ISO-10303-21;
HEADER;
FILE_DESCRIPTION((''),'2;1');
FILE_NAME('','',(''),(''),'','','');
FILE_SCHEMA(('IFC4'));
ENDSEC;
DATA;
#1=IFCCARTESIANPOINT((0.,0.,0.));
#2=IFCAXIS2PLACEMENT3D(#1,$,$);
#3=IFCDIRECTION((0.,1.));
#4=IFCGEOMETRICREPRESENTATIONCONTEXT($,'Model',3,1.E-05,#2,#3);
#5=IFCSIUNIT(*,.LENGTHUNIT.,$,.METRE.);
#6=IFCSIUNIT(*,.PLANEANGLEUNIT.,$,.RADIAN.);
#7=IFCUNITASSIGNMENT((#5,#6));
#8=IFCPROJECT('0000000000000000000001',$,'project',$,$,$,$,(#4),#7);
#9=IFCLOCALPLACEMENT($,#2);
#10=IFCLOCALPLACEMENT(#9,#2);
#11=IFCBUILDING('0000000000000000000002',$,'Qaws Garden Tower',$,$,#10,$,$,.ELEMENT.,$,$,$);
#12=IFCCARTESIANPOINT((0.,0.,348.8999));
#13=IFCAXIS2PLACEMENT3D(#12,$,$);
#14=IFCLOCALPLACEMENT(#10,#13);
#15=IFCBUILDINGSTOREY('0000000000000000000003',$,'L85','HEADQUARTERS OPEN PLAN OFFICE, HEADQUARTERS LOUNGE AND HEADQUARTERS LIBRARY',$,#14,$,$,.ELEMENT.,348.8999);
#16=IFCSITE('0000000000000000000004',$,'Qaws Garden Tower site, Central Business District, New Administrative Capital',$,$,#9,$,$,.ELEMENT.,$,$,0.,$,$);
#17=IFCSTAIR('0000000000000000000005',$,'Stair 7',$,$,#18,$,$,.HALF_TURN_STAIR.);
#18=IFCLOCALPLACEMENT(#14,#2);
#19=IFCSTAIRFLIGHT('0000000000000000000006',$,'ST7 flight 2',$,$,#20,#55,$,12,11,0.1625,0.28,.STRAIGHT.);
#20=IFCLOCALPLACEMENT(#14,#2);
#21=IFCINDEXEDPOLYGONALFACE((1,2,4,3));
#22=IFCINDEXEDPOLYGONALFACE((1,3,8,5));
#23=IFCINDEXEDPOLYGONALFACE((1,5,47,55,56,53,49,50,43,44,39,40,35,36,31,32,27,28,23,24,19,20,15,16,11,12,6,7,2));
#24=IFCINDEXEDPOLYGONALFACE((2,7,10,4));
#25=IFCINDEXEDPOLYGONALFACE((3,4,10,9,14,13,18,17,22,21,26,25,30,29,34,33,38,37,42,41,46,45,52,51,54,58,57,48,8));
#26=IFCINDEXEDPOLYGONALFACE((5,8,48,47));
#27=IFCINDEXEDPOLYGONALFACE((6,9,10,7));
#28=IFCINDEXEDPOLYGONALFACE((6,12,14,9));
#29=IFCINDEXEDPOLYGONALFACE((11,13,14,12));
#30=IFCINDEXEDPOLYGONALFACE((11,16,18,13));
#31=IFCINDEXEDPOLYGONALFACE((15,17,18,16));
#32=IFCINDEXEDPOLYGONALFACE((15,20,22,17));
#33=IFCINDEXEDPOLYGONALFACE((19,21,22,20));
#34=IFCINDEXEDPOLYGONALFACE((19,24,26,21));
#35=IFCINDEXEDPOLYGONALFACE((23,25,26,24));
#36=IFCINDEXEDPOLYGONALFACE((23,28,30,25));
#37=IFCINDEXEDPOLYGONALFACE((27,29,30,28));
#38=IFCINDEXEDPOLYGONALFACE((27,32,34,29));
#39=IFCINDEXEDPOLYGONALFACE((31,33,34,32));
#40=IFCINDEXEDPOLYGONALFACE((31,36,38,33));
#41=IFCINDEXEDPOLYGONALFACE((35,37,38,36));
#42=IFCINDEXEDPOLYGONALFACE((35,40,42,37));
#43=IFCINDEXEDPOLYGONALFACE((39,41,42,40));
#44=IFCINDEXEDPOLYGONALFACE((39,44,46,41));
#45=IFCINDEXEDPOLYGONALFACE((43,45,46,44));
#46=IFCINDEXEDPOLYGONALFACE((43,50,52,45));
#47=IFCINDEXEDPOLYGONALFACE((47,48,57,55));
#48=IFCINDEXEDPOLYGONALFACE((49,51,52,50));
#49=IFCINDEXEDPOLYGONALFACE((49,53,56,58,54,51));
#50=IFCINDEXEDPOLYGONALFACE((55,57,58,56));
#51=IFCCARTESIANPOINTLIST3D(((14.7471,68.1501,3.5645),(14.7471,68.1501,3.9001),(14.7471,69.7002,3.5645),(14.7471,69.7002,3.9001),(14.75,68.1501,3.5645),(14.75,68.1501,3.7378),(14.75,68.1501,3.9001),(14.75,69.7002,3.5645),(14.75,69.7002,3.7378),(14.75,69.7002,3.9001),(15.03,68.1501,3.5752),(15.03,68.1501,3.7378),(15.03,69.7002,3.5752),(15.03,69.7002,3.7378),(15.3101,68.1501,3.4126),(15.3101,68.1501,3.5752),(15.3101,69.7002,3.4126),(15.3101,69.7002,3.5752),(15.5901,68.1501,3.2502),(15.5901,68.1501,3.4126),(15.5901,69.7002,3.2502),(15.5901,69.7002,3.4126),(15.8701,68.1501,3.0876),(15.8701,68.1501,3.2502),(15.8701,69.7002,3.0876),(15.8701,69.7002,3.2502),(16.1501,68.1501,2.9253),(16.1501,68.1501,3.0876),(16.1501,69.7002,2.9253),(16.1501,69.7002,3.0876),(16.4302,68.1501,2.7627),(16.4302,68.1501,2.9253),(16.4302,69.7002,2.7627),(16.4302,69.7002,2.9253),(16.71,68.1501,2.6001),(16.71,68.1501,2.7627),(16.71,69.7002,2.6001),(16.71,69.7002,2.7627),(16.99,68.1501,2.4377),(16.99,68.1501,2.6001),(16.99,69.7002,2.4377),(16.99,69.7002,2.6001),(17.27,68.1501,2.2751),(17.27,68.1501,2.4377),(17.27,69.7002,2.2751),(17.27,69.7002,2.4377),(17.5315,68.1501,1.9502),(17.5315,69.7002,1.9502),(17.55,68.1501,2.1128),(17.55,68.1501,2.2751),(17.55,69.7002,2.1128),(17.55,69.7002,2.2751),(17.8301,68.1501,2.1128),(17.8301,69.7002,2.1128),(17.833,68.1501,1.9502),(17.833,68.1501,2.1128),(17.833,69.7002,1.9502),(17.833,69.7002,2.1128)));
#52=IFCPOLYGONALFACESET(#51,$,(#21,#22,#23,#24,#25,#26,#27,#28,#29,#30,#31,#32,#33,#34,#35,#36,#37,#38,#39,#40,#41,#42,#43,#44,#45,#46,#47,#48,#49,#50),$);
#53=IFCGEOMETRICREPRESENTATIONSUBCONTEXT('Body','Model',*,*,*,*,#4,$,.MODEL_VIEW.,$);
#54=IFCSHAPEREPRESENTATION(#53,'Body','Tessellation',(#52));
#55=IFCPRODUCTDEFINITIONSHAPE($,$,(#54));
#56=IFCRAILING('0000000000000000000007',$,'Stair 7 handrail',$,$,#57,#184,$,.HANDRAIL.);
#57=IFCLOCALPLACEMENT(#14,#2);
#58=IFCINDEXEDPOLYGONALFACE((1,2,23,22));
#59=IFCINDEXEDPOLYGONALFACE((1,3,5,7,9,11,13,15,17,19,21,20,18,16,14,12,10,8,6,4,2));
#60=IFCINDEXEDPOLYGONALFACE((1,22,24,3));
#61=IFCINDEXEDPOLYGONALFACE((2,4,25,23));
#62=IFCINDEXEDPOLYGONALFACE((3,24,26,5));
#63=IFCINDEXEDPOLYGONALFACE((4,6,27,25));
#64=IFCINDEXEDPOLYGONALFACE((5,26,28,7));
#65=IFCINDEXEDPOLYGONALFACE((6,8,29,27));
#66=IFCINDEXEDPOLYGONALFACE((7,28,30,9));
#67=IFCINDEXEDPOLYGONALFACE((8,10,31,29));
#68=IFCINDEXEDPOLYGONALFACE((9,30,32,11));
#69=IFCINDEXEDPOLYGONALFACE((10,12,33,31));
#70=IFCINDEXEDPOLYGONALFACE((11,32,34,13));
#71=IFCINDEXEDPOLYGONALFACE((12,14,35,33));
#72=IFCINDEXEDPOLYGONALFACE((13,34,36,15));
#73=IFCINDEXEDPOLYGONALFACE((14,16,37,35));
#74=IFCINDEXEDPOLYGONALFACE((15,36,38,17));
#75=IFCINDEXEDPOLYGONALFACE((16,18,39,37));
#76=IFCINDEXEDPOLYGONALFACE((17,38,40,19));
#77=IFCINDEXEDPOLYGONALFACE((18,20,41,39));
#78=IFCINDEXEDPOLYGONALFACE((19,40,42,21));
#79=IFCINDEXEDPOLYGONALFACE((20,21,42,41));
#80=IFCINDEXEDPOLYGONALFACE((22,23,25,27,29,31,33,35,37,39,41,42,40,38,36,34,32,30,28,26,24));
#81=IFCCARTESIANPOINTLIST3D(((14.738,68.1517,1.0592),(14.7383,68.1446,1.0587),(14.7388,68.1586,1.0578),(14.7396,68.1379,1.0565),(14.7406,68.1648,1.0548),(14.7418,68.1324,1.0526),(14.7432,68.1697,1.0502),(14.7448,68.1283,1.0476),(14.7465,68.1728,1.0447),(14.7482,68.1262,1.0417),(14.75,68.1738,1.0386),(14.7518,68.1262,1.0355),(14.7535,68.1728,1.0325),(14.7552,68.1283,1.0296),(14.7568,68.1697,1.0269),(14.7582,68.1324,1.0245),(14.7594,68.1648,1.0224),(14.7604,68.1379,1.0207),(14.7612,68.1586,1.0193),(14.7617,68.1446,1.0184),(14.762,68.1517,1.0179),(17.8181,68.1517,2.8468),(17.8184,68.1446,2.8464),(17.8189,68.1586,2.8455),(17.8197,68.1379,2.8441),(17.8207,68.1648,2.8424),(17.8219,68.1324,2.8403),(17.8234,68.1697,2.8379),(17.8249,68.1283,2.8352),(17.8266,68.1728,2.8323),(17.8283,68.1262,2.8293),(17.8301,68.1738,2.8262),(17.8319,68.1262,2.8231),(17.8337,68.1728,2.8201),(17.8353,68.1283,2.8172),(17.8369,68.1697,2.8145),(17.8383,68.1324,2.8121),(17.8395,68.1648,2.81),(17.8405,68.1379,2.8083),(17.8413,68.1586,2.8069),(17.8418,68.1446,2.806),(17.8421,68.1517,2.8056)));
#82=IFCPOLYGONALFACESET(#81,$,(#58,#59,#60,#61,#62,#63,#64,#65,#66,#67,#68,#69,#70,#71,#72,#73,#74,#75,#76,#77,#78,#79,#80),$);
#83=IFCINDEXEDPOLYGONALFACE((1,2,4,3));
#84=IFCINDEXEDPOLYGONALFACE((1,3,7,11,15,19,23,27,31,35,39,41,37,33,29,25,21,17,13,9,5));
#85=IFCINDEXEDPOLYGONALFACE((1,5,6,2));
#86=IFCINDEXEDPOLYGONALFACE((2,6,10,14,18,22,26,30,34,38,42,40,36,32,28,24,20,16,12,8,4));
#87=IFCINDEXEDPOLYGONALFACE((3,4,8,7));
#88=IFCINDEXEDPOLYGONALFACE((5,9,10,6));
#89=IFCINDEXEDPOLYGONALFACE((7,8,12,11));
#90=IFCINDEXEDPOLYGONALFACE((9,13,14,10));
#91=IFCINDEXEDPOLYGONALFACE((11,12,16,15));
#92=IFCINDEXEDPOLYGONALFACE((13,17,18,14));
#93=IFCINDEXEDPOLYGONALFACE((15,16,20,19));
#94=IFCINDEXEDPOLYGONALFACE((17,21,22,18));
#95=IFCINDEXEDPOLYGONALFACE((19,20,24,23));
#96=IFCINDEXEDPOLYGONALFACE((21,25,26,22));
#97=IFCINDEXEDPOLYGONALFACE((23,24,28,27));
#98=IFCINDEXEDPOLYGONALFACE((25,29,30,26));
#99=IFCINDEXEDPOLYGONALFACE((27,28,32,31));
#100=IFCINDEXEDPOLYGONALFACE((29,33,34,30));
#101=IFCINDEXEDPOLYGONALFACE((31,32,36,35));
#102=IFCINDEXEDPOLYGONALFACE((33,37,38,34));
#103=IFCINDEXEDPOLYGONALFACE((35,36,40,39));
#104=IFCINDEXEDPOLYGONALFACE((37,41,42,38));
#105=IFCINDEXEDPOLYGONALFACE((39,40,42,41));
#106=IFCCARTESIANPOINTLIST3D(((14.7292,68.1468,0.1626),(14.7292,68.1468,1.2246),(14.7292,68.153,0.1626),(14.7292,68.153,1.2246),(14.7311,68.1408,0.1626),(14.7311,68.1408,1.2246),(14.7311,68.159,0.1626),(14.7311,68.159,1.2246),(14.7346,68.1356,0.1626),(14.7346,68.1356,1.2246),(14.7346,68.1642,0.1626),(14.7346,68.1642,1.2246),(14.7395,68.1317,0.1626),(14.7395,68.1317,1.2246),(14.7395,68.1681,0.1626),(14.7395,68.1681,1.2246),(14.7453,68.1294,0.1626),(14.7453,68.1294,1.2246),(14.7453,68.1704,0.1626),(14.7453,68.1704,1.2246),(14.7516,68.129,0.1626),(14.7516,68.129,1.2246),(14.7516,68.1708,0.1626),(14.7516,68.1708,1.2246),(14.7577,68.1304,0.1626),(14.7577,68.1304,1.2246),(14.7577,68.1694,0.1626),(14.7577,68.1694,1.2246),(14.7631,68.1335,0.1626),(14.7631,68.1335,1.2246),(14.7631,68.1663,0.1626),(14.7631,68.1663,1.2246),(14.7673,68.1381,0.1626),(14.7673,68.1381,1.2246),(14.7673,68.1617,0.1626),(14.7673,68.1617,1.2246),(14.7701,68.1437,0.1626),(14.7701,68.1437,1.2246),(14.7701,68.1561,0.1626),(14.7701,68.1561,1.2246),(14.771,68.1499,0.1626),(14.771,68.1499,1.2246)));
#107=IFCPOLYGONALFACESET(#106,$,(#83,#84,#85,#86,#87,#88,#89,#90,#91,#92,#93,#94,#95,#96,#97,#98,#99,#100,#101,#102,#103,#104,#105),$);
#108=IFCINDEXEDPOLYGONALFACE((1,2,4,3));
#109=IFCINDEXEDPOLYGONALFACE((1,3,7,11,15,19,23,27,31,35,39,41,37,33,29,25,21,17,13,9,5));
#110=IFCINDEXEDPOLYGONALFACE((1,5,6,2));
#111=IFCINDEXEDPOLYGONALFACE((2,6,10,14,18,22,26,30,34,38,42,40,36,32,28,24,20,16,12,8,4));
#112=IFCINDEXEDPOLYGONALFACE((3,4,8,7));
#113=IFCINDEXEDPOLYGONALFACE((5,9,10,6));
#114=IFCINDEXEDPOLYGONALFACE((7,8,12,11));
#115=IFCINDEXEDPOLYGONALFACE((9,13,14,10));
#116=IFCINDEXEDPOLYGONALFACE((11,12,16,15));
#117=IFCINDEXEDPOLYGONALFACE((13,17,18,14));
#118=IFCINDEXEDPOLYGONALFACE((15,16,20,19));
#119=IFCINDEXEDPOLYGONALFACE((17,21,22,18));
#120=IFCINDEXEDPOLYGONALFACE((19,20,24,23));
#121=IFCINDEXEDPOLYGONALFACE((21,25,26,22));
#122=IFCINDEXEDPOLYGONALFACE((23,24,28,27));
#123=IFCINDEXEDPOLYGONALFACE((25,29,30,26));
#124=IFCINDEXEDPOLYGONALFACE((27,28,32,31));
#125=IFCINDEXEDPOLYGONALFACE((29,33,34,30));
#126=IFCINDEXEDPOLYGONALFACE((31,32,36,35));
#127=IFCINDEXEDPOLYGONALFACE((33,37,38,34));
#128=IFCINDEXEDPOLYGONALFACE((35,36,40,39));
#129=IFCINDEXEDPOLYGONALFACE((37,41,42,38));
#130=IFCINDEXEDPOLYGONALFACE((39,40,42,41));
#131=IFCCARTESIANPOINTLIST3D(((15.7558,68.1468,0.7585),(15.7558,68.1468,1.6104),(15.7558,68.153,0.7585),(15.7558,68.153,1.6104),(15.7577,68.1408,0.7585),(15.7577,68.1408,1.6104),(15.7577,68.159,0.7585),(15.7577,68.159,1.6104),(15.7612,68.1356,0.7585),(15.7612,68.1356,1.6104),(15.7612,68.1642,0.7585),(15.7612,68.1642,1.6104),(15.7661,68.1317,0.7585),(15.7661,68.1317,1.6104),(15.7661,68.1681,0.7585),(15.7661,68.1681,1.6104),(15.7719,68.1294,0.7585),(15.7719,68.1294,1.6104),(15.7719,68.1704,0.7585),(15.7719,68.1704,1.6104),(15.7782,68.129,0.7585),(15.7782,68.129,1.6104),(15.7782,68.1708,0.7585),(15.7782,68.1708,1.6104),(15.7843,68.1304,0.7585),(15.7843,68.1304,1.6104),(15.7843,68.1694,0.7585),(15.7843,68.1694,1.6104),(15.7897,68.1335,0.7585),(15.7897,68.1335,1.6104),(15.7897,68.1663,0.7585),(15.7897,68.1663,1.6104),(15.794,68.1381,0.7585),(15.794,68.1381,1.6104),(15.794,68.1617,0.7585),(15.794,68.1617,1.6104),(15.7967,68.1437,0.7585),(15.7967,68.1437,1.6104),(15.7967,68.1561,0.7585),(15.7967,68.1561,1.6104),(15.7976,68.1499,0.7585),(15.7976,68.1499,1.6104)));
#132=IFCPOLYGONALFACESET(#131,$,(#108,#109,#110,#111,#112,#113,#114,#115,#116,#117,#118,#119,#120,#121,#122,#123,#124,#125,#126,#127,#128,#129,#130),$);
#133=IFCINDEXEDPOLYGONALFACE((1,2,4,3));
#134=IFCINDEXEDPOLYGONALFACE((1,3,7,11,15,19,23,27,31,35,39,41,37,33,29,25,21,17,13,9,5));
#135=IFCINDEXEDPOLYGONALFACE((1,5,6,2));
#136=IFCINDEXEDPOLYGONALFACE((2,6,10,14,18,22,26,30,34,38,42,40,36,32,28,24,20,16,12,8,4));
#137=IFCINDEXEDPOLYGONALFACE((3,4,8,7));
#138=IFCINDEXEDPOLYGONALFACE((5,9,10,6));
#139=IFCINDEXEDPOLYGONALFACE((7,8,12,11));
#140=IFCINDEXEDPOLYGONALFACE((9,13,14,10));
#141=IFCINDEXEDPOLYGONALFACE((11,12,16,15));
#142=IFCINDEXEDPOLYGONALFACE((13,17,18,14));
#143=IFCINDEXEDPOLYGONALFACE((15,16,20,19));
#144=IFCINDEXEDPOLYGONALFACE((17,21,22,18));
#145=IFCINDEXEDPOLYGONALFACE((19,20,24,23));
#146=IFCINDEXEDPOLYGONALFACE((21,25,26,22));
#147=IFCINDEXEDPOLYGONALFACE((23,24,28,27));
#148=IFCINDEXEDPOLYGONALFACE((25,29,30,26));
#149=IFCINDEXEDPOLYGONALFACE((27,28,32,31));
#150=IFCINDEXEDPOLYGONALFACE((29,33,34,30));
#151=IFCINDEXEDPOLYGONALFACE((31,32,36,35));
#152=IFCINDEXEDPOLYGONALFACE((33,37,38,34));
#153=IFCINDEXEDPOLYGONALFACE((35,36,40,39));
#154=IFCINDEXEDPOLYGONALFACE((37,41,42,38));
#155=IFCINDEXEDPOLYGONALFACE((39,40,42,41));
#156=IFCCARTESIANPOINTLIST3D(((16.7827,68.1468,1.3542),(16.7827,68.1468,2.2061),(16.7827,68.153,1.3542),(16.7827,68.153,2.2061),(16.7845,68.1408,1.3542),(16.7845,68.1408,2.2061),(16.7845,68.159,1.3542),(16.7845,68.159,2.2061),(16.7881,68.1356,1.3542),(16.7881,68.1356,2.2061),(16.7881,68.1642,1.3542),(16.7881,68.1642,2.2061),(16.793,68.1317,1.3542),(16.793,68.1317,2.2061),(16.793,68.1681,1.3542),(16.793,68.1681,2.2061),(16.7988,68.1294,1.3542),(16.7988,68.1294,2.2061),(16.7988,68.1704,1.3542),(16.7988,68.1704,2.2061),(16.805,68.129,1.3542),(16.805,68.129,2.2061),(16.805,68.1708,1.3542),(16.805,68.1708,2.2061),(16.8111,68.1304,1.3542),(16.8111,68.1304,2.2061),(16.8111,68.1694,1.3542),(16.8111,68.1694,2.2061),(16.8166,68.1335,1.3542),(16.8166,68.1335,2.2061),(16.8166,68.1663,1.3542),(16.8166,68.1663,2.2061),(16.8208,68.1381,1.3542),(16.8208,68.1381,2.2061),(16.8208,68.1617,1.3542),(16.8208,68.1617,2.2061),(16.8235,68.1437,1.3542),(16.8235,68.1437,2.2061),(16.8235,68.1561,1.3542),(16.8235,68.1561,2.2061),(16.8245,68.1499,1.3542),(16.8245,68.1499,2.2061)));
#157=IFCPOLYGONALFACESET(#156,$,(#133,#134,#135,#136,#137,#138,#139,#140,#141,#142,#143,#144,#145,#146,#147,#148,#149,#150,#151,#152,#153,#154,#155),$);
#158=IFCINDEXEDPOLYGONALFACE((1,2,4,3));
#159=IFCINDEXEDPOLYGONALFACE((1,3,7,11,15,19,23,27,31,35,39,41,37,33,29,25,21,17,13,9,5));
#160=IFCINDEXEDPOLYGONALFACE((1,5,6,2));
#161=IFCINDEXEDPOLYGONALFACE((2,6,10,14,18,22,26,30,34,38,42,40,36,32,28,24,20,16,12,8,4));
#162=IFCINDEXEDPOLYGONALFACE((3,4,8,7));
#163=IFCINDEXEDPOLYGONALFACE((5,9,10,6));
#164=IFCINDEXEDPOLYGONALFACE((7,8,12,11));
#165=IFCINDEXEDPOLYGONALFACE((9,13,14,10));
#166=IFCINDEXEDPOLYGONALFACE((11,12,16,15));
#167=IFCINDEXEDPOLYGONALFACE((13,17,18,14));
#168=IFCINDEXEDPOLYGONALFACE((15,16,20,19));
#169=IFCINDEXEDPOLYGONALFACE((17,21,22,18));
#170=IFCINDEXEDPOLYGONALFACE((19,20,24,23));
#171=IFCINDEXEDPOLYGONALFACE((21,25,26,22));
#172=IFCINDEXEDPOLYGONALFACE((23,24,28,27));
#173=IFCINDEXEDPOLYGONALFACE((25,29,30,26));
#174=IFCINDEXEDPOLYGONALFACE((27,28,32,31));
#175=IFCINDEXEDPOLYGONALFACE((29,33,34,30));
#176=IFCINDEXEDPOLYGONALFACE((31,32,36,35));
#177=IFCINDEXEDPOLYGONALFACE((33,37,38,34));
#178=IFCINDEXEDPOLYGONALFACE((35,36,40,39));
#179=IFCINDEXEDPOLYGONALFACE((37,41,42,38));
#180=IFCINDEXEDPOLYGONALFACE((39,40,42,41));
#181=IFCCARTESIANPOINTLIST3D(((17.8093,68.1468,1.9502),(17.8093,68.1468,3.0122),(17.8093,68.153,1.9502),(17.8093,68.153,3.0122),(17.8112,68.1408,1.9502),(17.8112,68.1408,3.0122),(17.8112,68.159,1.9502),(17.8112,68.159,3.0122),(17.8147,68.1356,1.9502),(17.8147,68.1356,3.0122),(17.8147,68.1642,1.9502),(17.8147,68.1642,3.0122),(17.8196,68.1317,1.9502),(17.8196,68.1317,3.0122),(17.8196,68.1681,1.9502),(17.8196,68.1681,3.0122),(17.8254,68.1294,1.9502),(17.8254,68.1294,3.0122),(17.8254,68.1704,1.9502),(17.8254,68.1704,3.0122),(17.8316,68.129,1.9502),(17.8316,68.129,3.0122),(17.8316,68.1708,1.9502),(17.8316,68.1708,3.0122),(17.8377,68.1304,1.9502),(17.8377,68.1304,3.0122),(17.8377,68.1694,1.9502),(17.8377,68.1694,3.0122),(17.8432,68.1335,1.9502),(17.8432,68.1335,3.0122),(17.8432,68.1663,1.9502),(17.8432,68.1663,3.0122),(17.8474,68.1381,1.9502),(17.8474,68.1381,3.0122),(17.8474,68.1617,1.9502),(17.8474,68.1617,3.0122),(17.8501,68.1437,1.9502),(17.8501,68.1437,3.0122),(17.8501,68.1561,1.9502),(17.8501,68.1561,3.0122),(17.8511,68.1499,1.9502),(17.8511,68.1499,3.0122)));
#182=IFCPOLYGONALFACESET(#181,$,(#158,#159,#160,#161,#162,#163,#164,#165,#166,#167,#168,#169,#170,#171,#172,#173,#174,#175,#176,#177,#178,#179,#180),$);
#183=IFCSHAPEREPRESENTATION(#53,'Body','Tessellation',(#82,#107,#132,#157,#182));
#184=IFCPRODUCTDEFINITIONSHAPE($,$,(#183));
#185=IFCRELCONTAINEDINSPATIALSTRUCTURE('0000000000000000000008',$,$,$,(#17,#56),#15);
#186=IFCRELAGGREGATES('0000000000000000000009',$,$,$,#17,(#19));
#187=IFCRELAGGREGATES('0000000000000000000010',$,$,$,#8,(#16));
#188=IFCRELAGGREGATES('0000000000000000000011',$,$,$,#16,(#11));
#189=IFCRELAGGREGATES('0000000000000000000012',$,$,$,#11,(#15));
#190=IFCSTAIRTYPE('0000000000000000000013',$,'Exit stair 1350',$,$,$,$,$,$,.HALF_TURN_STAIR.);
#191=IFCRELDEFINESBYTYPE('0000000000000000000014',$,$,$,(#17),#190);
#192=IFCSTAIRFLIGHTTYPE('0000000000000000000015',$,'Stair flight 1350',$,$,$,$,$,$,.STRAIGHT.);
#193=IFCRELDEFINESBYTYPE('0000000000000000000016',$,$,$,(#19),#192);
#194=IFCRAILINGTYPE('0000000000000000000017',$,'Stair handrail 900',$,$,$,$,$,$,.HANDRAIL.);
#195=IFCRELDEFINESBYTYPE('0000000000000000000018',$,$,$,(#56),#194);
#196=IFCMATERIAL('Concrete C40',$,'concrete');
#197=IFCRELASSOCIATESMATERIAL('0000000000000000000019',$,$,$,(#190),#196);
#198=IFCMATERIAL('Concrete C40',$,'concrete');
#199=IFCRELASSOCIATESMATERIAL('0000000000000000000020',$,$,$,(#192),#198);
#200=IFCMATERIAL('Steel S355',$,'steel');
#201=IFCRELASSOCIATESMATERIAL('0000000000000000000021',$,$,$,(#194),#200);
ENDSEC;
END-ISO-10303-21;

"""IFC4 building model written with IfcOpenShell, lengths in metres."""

from ifc_helpers import new_model, si_unit, direction, frame, origin, origin_2d, place, context, subcontext, project, spatial, polyline, circle, outline, extrude, material, type_object, element, aggregate, save


model = new_model("IFC4")

# Units and contexts
model_context = context("Model", 3, precision=1e-05, world=origin(), true_north=direction((0.0, 1.0)))
body_context = subcontext(model_context, "Body", "Model", "MODEL_VIEW")
ifc_project = project(units=[si_unit("LENGTHUNIT", "METRE"), si_unit("PLANEANGLEUNIT", "RADIAN")], contexts=[model_context])

# Site, building, storey
site_placement = place(None, origin())
site = spatial("IfcSite", under=ifc_project, at=site_placement, Name="Qaws Garden Tower site, Central Business District, New Administrative Capital", CompositionType="ELEMENT", RefElevation=0.0)
building_placement = place(site_placement, origin())
building = spatial("IfcBuilding", under=site, at=building_placement, Name="Qaws Garden Tower", CompositionType="ELEMENT")
storey_placement = place(building_placement, frame((0.0, 0.0, 348.8999)))
storey = spatial("IfcBuildingStorey", under=building, at=storey_placement, Name="L85", Description="HEADQUARTERS OPEN PLAN OFFICE, HEADQUARTERS LOUNGE AND HEADQUARTERS LIBRARY", CompositionType="ELEMENT", Elevation=348.8999)

# Stair, stair flight
ifc_material_1 = material(Name="Concrete C40", Category="concrete")
stair_type = type_object("IfcStairType", Name="Exit stair 1350", PredefinedType="HALF_TURN_STAIR", material=ifc_material_1)
stair_placement = place(storey_placement, origin())
stair = element("IfcStair", 1, at=stair_placement, inside=storey, type_object=stair_type, Name="Stair 7", PredefinedType="HALF_TURN_STAIR")
ifc_material_2 = material(Name="Concrete C40", Category="concrete")
stair_flight_type = type_object("IfcStairFlightType", Name="Stair flight 1350", PredefinedType="STRAIGHT", material=ifc_material_2)
stair_flight_1_placement = place(storey_placement, frame((17.8301, 68.925, 1.9502), z_axis=(0.0, 0.0, 1.0), x_axis=(-1.0, 0.0, 0.0)))
stair_flight_1 = element("IfcStairFlight", 2, at=stair_flight_1_placement, type_object=stair_flight_type, Name="ST7 flight 2", NumberOfRisers=12, NumberOfTreads=11, PredefinedType="STRAIGHT", RiserHeight=0.1625, TreadLength=0.28, context=body_context, shape_type="SweptSolid", body=[
    extrude(outline(polyline([(-0.0029, 0.0), (-0.0029, 0.1626), (0.0, 0.1626), (0.28, 0.1626), (0.28, 0.325), (0.5601, 0.325), (0.5601, 0.4875), (0.8401, 0.4875), (0.8401, 0.6499), (1.1201, 0.6499), (1.1201, 0.8125), (1.3999, 0.8125), (1.3999, 0.9751), (1.6799, 0.9751), (1.6799, 1.1375), (1.96, 1.1375), (1.96, 1.3), (2.24, 1.3), (2.24, 1.4624), (2.52, 1.4624), (2.52, 1.625), (2.8, 1.625), (2.8, 1.7876), (3.0801, 1.7876), (3.0801, 1.95), (3.083, 1.95), (3.083, 1.6143), (3.0801, 1.6143), (0.2986, 0.0), (-0.0029, 0.0)])), frame((0.0, 0.7749, 0.0), z_axis=(0.0, -1.0, 0.0), x_axis=(1.0, 0.0, 0.0)), (0.0, 0.0, 1.0), 1.55),
])
aggregate(stair, [stair_flight_1])

# Railing
ifc_material_3 = material(Name="Steel S355", Category="steel")
railing_type = type_object("IfcRailingType", Name="Stair handrail 900", PredefinedType="HANDRAIL", material=ifc_material_3)
railing_1_placement = place(storey_placement, frame((14.75, 68.1499, 0.1626)))
element("IfcRailing", 3, at=railing_1_placement, inside=storey, type_object=railing_type, Name="Stair 7 handrail", PredefinedType="HANDRAIL", context=body_context, shape_type="SweptSolid", body=[
    extrude(circle(Radius=0.0239, at=origin_2d()), frame((0.0, 0.0, 0.876), z_axis=(0.864891, 0.0, 0.50196), x_axis=(0.0, 1.0, 0.0)), (0.0, 0.0, 1.0), 3.5613),
    extrude(circle(Radius=0.021, at=origin_2d()), origin(), (0.0, 0.0, 1.0), 1.062),
    extrude(circle(Radius=0.021, at=origin_2d()), frame((1.0266, 0.0, 0.5959)), (0.0, 0.0, 1.0), 0.8518),
    extrude(circle(Radius=0.021, at=origin_2d()), frame((2.0535, 0.0, 1.1917)), (0.0, 0.0, 1.0), 0.8518),
    extrude(circle(Radius=0.021, at=origin_2d()), frame((3.0801, 0.0, 1.7876)), (0.0, 0.0, 1.0), 1.062),
])

save(model, "model.ifc")
